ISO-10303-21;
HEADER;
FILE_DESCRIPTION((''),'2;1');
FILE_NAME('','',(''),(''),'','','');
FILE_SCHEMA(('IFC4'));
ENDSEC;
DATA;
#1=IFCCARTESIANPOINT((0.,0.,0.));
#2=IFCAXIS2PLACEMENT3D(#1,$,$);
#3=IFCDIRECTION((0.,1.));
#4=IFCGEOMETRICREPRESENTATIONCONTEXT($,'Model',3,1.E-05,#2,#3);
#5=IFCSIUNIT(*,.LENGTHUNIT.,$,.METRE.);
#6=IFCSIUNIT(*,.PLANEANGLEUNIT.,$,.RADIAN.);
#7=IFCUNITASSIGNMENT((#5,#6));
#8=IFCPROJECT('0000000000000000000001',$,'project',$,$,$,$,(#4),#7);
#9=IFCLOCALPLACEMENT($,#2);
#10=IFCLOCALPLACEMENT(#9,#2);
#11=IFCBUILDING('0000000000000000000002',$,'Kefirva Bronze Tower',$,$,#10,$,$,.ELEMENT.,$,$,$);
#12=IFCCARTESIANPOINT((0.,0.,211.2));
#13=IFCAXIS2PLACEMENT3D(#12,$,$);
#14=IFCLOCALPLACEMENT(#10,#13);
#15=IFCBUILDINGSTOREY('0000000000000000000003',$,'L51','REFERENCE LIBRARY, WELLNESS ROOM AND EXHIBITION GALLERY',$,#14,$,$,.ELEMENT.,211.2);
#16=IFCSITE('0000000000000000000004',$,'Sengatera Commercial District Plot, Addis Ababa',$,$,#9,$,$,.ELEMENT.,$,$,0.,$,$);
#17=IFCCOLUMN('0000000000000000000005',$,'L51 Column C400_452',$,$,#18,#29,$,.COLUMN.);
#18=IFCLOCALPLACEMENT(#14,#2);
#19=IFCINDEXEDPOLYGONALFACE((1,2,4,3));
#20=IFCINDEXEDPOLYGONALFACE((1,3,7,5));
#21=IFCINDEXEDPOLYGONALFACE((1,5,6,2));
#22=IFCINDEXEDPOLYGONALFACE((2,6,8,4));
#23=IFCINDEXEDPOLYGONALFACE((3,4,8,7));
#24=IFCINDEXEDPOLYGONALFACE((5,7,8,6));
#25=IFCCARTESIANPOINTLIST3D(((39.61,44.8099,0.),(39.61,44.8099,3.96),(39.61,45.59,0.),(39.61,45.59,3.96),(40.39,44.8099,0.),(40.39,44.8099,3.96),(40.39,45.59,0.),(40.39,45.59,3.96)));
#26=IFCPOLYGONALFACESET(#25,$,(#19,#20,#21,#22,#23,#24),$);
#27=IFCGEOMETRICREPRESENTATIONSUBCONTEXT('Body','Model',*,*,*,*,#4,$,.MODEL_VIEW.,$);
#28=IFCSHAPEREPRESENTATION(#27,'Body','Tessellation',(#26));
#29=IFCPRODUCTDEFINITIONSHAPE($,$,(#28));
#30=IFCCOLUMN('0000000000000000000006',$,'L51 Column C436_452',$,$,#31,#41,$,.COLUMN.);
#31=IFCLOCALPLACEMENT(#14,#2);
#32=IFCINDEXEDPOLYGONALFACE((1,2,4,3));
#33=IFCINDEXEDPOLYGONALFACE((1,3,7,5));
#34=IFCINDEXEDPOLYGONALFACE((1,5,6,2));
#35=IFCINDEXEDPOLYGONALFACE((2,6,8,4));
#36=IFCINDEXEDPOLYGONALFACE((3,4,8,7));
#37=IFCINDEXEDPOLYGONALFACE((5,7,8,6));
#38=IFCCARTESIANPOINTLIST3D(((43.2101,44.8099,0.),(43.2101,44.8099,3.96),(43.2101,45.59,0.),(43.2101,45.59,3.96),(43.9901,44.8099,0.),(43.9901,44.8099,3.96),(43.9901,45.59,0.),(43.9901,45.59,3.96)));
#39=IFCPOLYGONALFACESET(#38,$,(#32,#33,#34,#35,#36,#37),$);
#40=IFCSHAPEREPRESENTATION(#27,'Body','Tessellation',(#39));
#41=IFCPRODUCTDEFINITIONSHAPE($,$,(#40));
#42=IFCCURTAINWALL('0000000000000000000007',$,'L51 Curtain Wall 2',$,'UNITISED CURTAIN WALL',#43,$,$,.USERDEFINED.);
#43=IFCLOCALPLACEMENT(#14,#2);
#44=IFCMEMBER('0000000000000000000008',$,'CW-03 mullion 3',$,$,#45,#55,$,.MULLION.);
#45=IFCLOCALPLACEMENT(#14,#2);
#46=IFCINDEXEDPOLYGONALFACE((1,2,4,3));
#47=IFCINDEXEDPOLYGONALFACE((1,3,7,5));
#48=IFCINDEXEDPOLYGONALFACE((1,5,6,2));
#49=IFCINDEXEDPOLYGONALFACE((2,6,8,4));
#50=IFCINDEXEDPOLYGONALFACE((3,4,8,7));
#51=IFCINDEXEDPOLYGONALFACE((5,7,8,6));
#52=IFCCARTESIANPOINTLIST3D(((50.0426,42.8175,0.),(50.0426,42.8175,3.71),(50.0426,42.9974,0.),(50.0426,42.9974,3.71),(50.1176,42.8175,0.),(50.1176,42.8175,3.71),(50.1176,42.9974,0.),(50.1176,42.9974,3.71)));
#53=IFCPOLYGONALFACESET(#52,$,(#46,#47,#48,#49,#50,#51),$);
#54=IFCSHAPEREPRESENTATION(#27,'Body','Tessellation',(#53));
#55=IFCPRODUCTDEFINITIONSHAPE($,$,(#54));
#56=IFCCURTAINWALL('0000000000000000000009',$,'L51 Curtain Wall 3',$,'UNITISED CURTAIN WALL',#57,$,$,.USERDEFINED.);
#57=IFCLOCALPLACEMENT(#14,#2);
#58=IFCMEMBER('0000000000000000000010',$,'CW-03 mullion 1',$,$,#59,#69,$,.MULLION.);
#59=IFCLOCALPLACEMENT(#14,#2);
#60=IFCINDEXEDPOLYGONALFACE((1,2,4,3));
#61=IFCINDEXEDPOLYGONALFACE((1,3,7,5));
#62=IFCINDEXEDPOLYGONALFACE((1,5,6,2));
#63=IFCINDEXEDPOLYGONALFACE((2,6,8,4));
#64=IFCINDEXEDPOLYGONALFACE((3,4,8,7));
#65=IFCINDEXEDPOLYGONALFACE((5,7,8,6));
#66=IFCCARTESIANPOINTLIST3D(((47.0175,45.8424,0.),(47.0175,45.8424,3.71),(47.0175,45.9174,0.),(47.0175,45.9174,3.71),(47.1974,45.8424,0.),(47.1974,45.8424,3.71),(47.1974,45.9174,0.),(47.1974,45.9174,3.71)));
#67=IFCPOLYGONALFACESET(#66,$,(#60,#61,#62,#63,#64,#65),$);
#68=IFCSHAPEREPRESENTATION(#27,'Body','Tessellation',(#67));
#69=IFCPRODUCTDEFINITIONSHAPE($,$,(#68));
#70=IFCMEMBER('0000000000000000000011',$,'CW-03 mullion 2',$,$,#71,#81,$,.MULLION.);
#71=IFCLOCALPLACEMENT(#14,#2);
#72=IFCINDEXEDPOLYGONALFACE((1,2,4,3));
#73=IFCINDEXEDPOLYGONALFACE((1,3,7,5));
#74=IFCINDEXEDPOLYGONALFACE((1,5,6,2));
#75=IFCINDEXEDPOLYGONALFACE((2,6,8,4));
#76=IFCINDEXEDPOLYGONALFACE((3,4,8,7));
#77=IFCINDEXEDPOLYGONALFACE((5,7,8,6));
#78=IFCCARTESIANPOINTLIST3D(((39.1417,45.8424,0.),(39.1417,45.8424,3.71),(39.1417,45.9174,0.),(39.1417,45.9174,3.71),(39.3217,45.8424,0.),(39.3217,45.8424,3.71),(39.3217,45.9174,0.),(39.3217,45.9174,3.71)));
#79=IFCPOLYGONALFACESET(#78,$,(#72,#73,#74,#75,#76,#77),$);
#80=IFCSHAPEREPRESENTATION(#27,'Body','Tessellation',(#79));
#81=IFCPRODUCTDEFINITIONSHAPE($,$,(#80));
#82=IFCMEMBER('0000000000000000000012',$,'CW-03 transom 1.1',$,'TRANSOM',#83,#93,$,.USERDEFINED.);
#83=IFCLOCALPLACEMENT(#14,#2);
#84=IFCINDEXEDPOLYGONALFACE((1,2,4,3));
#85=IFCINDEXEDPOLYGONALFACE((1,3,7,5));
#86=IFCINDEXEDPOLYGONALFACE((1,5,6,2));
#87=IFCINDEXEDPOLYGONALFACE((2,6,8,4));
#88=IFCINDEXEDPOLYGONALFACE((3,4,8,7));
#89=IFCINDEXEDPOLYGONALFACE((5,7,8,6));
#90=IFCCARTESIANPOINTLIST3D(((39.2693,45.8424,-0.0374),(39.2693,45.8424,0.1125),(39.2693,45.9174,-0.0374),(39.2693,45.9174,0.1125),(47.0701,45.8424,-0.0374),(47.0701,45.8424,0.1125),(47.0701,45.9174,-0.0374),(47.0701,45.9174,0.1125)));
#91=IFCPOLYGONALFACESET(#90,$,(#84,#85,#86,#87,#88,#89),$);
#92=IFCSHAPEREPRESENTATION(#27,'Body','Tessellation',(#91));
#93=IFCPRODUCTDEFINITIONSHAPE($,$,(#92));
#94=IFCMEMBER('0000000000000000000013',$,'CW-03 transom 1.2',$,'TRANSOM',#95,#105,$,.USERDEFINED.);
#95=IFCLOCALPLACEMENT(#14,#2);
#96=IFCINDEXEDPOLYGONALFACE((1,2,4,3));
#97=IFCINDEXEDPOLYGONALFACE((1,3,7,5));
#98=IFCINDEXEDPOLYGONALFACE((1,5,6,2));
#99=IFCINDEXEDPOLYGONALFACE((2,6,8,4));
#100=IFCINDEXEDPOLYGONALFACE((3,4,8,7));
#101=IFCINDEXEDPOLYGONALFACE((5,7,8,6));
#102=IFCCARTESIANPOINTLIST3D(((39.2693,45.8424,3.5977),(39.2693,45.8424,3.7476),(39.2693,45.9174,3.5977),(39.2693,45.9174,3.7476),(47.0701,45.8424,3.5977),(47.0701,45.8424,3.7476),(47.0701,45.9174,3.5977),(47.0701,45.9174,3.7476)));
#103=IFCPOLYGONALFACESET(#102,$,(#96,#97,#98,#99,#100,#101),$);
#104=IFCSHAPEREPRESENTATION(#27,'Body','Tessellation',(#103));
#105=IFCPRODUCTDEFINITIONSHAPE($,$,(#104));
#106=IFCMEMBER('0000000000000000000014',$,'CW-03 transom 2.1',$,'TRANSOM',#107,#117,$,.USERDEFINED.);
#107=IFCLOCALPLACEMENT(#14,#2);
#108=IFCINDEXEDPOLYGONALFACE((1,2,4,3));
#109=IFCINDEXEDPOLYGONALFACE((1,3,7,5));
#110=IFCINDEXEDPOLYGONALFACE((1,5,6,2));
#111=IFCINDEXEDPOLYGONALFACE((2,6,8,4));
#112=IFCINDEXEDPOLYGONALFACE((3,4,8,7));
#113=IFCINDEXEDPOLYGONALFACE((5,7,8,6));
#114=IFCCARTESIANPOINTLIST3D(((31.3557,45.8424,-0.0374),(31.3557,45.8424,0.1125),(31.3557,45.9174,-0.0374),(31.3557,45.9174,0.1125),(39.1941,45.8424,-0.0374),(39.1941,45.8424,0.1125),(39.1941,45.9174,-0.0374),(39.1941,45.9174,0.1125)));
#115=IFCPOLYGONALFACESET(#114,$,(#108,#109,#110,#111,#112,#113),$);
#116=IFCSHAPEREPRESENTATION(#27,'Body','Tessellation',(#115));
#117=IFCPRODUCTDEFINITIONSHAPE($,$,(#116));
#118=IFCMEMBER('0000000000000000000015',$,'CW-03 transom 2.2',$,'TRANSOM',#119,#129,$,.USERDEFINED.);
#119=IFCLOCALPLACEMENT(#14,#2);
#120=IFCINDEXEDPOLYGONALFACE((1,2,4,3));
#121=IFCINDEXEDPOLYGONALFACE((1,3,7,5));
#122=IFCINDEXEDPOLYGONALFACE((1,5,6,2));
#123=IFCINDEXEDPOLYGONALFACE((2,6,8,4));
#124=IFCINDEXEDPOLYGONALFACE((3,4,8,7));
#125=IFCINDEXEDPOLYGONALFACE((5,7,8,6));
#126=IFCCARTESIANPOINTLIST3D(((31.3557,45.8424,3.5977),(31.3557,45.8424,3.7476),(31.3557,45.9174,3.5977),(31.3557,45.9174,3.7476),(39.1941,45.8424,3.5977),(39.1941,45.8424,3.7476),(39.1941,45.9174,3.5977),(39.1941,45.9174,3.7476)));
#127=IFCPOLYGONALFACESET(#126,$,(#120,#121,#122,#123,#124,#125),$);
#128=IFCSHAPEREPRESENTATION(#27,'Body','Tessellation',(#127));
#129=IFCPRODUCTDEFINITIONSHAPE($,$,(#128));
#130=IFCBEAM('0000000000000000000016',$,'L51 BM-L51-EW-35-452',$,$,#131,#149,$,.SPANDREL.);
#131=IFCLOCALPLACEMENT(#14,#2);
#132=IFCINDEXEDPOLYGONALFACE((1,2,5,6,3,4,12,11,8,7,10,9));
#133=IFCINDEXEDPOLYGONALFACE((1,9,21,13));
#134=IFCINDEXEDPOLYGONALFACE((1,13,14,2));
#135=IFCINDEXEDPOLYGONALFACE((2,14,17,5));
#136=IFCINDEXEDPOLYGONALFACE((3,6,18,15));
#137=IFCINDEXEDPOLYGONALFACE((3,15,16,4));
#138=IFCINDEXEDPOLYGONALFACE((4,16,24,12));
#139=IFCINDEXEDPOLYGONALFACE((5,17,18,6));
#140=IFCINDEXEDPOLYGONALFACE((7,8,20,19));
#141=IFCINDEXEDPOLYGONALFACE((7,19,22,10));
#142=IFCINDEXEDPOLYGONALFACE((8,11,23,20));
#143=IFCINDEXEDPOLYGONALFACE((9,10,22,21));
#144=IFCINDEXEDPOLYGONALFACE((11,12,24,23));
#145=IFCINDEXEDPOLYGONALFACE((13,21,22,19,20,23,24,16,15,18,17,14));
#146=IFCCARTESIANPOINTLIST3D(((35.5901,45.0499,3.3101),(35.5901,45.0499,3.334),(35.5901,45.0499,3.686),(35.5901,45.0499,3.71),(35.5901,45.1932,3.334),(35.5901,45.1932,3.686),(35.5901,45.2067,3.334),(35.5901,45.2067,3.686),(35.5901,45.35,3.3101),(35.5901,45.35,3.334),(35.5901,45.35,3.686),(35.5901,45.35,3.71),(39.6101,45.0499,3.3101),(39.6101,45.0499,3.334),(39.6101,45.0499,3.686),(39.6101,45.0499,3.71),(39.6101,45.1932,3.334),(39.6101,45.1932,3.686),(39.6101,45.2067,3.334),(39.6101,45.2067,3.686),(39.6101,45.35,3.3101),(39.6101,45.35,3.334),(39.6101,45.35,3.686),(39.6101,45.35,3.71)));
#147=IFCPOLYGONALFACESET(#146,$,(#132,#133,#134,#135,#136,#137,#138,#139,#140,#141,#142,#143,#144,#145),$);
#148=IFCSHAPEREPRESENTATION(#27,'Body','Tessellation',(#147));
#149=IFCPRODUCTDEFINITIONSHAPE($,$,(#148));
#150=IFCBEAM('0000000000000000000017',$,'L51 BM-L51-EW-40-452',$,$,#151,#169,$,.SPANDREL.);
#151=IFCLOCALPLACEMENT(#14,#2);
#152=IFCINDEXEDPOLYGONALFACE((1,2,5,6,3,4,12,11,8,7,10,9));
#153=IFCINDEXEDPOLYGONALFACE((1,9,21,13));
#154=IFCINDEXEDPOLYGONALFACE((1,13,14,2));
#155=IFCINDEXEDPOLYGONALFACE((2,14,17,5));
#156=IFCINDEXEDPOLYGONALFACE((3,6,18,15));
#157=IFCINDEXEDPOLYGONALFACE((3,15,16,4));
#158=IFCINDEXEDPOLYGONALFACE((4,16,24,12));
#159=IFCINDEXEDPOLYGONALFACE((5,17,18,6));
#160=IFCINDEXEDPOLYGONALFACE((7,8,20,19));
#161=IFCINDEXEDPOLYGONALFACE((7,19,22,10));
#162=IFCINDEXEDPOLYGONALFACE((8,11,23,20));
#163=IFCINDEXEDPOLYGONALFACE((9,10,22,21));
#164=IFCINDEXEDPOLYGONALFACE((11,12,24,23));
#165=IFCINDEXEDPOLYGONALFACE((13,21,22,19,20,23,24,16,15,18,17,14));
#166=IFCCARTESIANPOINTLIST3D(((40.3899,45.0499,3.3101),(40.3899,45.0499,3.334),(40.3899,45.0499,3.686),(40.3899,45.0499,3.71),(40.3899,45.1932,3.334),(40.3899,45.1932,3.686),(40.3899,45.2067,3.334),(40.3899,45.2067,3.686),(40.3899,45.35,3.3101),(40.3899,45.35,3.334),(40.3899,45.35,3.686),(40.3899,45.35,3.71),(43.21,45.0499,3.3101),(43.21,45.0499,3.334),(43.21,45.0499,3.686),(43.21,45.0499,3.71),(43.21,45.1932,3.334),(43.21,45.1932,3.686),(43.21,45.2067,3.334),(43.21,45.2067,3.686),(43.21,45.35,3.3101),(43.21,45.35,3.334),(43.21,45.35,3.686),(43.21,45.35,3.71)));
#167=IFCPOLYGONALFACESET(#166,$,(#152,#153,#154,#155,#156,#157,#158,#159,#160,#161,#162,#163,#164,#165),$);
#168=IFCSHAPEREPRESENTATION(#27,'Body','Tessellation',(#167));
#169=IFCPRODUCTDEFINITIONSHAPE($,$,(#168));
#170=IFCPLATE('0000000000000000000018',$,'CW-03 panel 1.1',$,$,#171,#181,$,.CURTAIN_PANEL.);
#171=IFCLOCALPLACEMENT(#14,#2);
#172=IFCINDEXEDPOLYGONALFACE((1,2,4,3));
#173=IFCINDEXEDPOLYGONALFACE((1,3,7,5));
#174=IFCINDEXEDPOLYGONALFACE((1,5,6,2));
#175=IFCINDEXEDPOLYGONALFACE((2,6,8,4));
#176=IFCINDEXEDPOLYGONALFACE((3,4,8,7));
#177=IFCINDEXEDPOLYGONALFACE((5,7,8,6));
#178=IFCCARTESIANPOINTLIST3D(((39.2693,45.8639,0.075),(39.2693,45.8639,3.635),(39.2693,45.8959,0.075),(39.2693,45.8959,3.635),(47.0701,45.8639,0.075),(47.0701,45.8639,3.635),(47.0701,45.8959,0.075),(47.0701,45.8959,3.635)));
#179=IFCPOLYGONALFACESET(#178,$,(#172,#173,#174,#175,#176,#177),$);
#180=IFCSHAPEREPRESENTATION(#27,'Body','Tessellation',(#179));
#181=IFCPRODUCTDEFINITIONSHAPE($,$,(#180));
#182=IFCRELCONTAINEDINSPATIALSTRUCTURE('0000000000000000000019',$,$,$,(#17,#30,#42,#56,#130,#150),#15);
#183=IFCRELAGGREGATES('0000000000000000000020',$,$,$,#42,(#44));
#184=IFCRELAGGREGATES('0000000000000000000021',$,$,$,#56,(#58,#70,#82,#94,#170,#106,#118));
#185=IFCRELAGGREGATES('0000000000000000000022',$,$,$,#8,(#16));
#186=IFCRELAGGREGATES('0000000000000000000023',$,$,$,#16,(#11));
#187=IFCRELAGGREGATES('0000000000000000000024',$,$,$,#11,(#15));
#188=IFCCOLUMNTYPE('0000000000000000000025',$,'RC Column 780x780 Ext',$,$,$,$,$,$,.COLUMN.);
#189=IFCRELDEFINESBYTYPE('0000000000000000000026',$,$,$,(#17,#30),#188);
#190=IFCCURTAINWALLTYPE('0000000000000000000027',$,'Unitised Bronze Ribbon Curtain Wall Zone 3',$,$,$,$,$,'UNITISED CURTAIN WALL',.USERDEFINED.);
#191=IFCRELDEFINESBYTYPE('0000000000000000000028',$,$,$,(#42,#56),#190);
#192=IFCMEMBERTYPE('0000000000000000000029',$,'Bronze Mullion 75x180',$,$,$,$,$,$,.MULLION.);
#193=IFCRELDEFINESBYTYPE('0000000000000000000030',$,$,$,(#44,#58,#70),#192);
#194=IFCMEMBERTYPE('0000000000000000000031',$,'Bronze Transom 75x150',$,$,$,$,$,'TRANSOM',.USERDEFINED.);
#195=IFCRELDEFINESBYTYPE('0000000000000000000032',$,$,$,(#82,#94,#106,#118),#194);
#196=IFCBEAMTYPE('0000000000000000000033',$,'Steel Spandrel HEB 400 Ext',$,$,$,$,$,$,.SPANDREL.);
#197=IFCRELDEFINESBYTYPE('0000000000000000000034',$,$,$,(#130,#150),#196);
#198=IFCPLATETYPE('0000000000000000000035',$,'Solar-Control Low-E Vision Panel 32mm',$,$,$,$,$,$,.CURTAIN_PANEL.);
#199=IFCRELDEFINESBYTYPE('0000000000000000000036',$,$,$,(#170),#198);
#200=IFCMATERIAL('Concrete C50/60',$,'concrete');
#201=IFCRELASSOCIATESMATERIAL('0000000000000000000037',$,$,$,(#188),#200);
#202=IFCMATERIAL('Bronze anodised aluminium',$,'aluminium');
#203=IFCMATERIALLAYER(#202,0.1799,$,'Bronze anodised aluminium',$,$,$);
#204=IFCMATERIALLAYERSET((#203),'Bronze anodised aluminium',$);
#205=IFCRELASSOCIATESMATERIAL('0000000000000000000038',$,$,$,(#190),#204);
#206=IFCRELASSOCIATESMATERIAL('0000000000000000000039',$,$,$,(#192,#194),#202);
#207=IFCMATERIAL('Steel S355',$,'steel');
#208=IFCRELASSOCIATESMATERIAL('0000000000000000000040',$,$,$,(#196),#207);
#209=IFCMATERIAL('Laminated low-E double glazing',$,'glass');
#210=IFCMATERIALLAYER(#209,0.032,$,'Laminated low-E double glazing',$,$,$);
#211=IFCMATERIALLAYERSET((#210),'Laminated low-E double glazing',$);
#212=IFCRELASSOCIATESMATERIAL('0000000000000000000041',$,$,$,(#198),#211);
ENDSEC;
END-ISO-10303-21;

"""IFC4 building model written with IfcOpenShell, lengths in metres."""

from ifc_helpers import new_model, si_unit, direction, frame, origin, origin_2d, place, context, subcontext, project, spatial, rectangle, i_section, extrude, material, layer, layer_set, material_profile, profile_set, type_object, element, aggregate, save


model = new_model("IFC4")

# Units and contexts
model_context = context("Model", 3, precision=1e-05, world=origin(), true_north=direction((0.0, 1.0)))
body_context = subcontext(model_context, "Body", "Model", "MODEL_VIEW")
ifc_project = project(units=[si_unit("LENGTHUNIT", "METRE"), si_unit("PLANEANGLEUNIT", "RADIAN")], contexts=[model_context])

# Site, building, storey
site_placement = place(None, origin())
site = spatial("IfcSite", under=ifc_project, at=site_placement, Name="Sengatera Commercial District Plot, Addis Ababa", CompositionType="ELEMENT", RefElevation=0.0)
building_placement = place(site_placement, origin())
building = spatial("IfcBuilding", under=site, at=building_placement, Name="Kefirva Bronze Tower", CompositionType="ELEMENT")
storey_placement = place(building_placement, frame((0.0, 0.0, 211.2)))
storey = spatial("IfcBuildingStorey", under=building, at=storey_placement, Name="L51", Description="REFERENCE LIBRARY, WELLNESS ROOM AND EXHIBITION GALLERY", CompositionType="ELEMENT", Elevation=211.2)

# Columns
ifc_material_1 = material(Name="Concrete C50/60", Category="concrete")
ifc_material_profile_1 = material_profile(ifc_material_1, rectangle(XDim=0.78, YDim=0.78, at=origin_2d()), Name="RC 780x780")
ifc_profile_set_1 = profile_set([ifc_material_profile_1], Name="Concrete C50/60")
column_type = type_object("IfcColumnType", Name="RC Column 780x780 Ext", PredefinedType="COLUMN", material=ifc_profile_set_1)
for number, where, z_axis, x_axis, name in (
    (1, (40.0, 45.2, 0.0), (0.0, 0.0, 1.0), (1.0, 0.0, 0.0), "L51 Column C400_452"),
    (2, (43.6001, 45.2, 0.0), (0.0, 0.0, 1.0), (1.0, 0.0, 0.0), "L51 Column C436_452"),
):
    element("IfcColumn", number, at=place(storey_placement, frame(where, z_axis=z_axis, x_axis=x_axis)), inside=storey, type_object=column_type, Name=name, PredefinedType="COLUMN", context=body_context, shape_type="SweptSolid", body=[
        extrude(rectangle(XDim=0.78, YDim=0.78, at=origin_2d()), origin(), (0.0, 0.0, 1.0), 3.96),
    ])

# Curtain wall, member
ifc_material_2 = material(Name="Bronze anodised aluminium", Category="aluminium")
ifc_layer_1 = layer(ifc_material_2, 0.1799, Name="Bronze anodised aluminium")
ifc_layer_set_1 = layer_set([ifc_layer_1], Name="Bronze anodised aluminium")
curtain_wall_type = type_object("IfcCurtainWallType", Name="Unitised Bronze Ribbon Curtain Wall Zone 3", ElementType="UNITISED CURTAIN WALL", PredefinedType="USERDEFINED", material=ifc_layer_set_1)
curtain_wall_1_placement = place(storey_placement, origin())
curtain_wall_1 = element("IfcCurtainWall", 3, at=curtain_wall_1_placement, inside=storey, type_object=curtain_wall_type, Name="L51 Curtain Wall 2", ObjectType="UNITISED CURTAIN WALL", PredefinedType="USERDEFINED")
ifc_material_profile_2 = material_profile(ifc_material_2, rectangle(XDim=0.075, YDim=0.1799, at=origin_2d()), Name="ALU 75x180")
ifc_profile_set_2 = profile_set([ifc_material_profile_2], Name="Bronze anodised aluminium")
member_type_1 = type_object("IfcMemberType", Name="Bronze Mullion 75x180", PredefinedType="MULLION", material=ifc_profile_set_2)
member_1_placement = place(storey_placement, frame((50.0801, 42.9075, 0.0), z_axis=(0.0, 0.0, 1.0), x_axis=(-1.0, 0.0, 0.0)))
member_1 = element("IfcMember", 4, at=member_1_placement, type_object=member_type_1, Name="CW-03 mullion 3", PredefinedType="MULLION", context=body_context, shape_type="SweptSolid", body=[
    extrude(rectangle(XDim=0.075, YDim=0.1799, at=origin_2d()), origin(), (0.0, 0.0, 1.0), 3.71),
])
aggregate(curtain_wall_1, [member_1])

# Curtain wall, members
curtain_wall_2_placement = place(storey_placement, origin())
curtain_wall_2 = element("IfcCurtainWall", 5, at=curtain_wall_2_placement, inside=storey, type_object=curtain_wall_type, Name="L51 Curtain Wall 3", ObjectType="UNITISED CURTAIN WALL", PredefinedType="USERDEFINED")
member_2_placement = place(storey_placement, frame((47.1074, 45.8799, 0.0), z_axis=(0.0, 0.0, 1.0), x_axis=(0.0, -1.0, 0.0)))
member_2 = element("IfcMember", 6, at=member_2_placement, type_object=member_type_1, Name="CW-03 mullion 1", PredefinedType="MULLION", context=body_context, shape_type="SweptSolid", body=[
    extrude(rectangle(XDim=0.075, YDim=0.1799, at=origin_2d()), origin(), (0.0, 0.0, 1.0), 3.71),
])
member_3_placement = place(storey_placement, frame((39.2317, 45.8799, 0.0), z_axis=(0.0, 0.0, 1.0), x_axis=(0.0, -1.0, 0.0)))
member_3 = element("IfcMember", 7, at=member_3_placement, type_object=member_type_1, Name="CW-03 mullion 2", PredefinedType="MULLION", context=body_context, shape_type="SweptSolid", body=[
    extrude(rectangle(XDim=0.075, YDim=0.1799, at=origin_2d()), origin(), (0.0, 0.0, 1.0), 3.71),
])
ifc_material_profile_3 = material_profile(ifc_material_2, rectangle(XDim=0.075, YDim=0.1499, at=origin_2d()), Name="ALU 75x150")
ifc_profile_set_3 = profile_set([ifc_material_profile_3], Name="Bronze anodised aluminium")
member_type_2 = type_object("IfcMemberType", Name="Bronze Transom 75x150", ElementType="TRANSOM", PredefinedType="USERDEFINED", material=ifc_profile_set_3)
member_4_placement = place(storey_placement, frame((47.0701, 45.8799, 0.0376), z_axis=(-1.0, 0.0, 0.0), x_axis=(0.0, -1.0, 0.0)))
member_4 = element("IfcMember", 8, at=member_4_placement, type_object=member_type_2, Name="CW-03 transom 1.1", ObjectType="TRANSOM", PredefinedType="USERDEFINED", context=body_context, shape_type="SweptSolid", body=[
    extrude(rectangle(XDim=0.075, YDim=0.1499, at=origin_2d()), origin(), (0.0, 0.0, 1.0), 7.8008),
])
member_5_placement = place(storey_placement, frame((47.0701, 45.8799, 3.6726), z_axis=(-1.0, 0.0, 0.0), x_axis=(0.0, -1.0, 0.0)))
member_5 = element("IfcMember", 9, at=member_5_placement, type_object=member_type_2, Name="CW-03 transom 1.2", ObjectType="TRANSOM", PredefinedType="USERDEFINED", context=body_context, shape_type="SweptSolid", body=[
    extrude(rectangle(XDim=0.075, YDim=0.1499, at=origin_2d()), origin(), (0.0, 0.0, 1.0), 7.8008),
])
member_6_placement = place(storey_placement, frame((39.1941, 45.8799, 0.0376), z_axis=(-1.0, 0.0, 0.0), x_axis=(0.0, -1.0, 0.0)))
member_6 = element("IfcMember", 10, at=member_6_placement, type_object=member_type_2, Name="CW-03 transom 2.1", ObjectType="TRANSOM", PredefinedType="USERDEFINED", context=body_context, shape_type="SweptSolid", body=[
    extrude(rectangle(XDim=0.075, YDim=0.1499, at=origin_2d()), origin(), (0.0, 0.0, 1.0), 7.8384),
])
member_7_placement = place(storey_placement, frame((39.1941, 45.8799, 3.6726), z_axis=(-1.0, 0.0, 0.0), x_axis=(0.0, -1.0, 0.0)))
member_7 = element("IfcMember", 11, at=member_7_placement, type_object=member_type_2, Name="CW-03 transom 2.2", ObjectType="TRANSOM", PredefinedType="USERDEFINED", context=body_context, shape_type="SweptSolid", body=[
    extrude(rectangle(XDim=0.075, YDim=0.1499, at=origin_2d()), origin(), (0.0, 0.0, 1.0), 7.8384),
])

# Beams
ifc_material_3 = material(Name="Steel S355", Category="steel")
ifc_material_profile_4 = material_profile(ifc_material_3, i_section(OverallWidth=0.3, OverallDepth=0.3999, WebThickness=0.0134, FlangeThickness=0.0239, at=origin_2d()), Name="HEB 400")
ifc_profile_set_4 = profile_set([ifc_material_profile_4], Name="Steel S355")
beam_type = type_object("IfcBeamType", Name="Steel Spandrel HEB 400 Ext", PredefinedType="SPANDREL", material=ifc_profile_set_4)
beam_1_placement = place(storey_placement, frame((35.5901, 45.2, 3.51), z_axis=(1.0, 0.0, 0.0), x_axis=(0.0, 1.0, 0.0)))
element("IfcBeam", 12, at=beam_1_placement, inside=storey, type_object=beam_type, Name="L51 BM-L51-EW-35-452", PredefinedType="SPANDREL", context=body_context, shape_type="SweptSolid", body=[
    extrude(i_section(OverallWidth=0.3, OverallDepth=0.3999, WebThickness=0.0134, FlangeThickness=0.0239, at=origin_2d()), origin(), (0.0, 0.0, 1.0), 4.02),
])
beam_2_placement = place(storey_placement, frame((40.3899, 45.2, 3.51), z_axis=(1.0, 0.0, 0.0), x_axis=(0.0, 1.0, 0.0)))
element("IfcBeam", 13, at=beam_2_placement, inside=storey, type_object=beam_type, Name="L51 BM-L51-EW-40-452", PredefinedType="SPANDREL", context=body_context, shape_type="SweptSolid", body=[
    extrude(i_section(OverallWidth=0.3, OverallDepth=0.3999, WebThickness=0.0134, FlangeThickness=0.0239, at=origin_2d()), origin(), (0.0, 0.0, 1.0), 2.8201),
])

# Plate
ifc_material_4 = material(Name="Laminated low-E double glazing", Category="glass")
ifc_layer_2 = layer(ifc_material_4, 0.032, Name="Laminated low-E double glazing")
ifc_layer_set_2 = layer_set([ifc_layer_2], Name="Laminated low-E double glazing")
plate_type = type_object("IfcPlateType", Name="Solar-Control Low-E Vision Panel 32mm", PredefinedType="CURTAIN_PANEL", material=ifc_layer_set_2)
plate_placement = place(storey_placement, frame((43.1697, 45.8799, 0.075), z_axis=(0.0, 0.0, 1.0), x_axis=(-1.0, 0.0, 0.0)))
plate = element("IfcPlate", 14, at=plate_placement, type_object=plate_type, Name="CW-03 panel 1.1", PredefinedType="CURTAIN_PANEL", context=body_context, shape_type="SweptSolid", body=[
    extrude(rectangle(XDim=7.8008, YDim=0.032, at=origin_2d()), origin(), (0.0, 0.0, 1.0), 3.5601),
])
aggregate(curtain_wall_2, [member_2, member_3, member_4, member_5, plate, member_6, member_7])

save(model, "model.ifc")
